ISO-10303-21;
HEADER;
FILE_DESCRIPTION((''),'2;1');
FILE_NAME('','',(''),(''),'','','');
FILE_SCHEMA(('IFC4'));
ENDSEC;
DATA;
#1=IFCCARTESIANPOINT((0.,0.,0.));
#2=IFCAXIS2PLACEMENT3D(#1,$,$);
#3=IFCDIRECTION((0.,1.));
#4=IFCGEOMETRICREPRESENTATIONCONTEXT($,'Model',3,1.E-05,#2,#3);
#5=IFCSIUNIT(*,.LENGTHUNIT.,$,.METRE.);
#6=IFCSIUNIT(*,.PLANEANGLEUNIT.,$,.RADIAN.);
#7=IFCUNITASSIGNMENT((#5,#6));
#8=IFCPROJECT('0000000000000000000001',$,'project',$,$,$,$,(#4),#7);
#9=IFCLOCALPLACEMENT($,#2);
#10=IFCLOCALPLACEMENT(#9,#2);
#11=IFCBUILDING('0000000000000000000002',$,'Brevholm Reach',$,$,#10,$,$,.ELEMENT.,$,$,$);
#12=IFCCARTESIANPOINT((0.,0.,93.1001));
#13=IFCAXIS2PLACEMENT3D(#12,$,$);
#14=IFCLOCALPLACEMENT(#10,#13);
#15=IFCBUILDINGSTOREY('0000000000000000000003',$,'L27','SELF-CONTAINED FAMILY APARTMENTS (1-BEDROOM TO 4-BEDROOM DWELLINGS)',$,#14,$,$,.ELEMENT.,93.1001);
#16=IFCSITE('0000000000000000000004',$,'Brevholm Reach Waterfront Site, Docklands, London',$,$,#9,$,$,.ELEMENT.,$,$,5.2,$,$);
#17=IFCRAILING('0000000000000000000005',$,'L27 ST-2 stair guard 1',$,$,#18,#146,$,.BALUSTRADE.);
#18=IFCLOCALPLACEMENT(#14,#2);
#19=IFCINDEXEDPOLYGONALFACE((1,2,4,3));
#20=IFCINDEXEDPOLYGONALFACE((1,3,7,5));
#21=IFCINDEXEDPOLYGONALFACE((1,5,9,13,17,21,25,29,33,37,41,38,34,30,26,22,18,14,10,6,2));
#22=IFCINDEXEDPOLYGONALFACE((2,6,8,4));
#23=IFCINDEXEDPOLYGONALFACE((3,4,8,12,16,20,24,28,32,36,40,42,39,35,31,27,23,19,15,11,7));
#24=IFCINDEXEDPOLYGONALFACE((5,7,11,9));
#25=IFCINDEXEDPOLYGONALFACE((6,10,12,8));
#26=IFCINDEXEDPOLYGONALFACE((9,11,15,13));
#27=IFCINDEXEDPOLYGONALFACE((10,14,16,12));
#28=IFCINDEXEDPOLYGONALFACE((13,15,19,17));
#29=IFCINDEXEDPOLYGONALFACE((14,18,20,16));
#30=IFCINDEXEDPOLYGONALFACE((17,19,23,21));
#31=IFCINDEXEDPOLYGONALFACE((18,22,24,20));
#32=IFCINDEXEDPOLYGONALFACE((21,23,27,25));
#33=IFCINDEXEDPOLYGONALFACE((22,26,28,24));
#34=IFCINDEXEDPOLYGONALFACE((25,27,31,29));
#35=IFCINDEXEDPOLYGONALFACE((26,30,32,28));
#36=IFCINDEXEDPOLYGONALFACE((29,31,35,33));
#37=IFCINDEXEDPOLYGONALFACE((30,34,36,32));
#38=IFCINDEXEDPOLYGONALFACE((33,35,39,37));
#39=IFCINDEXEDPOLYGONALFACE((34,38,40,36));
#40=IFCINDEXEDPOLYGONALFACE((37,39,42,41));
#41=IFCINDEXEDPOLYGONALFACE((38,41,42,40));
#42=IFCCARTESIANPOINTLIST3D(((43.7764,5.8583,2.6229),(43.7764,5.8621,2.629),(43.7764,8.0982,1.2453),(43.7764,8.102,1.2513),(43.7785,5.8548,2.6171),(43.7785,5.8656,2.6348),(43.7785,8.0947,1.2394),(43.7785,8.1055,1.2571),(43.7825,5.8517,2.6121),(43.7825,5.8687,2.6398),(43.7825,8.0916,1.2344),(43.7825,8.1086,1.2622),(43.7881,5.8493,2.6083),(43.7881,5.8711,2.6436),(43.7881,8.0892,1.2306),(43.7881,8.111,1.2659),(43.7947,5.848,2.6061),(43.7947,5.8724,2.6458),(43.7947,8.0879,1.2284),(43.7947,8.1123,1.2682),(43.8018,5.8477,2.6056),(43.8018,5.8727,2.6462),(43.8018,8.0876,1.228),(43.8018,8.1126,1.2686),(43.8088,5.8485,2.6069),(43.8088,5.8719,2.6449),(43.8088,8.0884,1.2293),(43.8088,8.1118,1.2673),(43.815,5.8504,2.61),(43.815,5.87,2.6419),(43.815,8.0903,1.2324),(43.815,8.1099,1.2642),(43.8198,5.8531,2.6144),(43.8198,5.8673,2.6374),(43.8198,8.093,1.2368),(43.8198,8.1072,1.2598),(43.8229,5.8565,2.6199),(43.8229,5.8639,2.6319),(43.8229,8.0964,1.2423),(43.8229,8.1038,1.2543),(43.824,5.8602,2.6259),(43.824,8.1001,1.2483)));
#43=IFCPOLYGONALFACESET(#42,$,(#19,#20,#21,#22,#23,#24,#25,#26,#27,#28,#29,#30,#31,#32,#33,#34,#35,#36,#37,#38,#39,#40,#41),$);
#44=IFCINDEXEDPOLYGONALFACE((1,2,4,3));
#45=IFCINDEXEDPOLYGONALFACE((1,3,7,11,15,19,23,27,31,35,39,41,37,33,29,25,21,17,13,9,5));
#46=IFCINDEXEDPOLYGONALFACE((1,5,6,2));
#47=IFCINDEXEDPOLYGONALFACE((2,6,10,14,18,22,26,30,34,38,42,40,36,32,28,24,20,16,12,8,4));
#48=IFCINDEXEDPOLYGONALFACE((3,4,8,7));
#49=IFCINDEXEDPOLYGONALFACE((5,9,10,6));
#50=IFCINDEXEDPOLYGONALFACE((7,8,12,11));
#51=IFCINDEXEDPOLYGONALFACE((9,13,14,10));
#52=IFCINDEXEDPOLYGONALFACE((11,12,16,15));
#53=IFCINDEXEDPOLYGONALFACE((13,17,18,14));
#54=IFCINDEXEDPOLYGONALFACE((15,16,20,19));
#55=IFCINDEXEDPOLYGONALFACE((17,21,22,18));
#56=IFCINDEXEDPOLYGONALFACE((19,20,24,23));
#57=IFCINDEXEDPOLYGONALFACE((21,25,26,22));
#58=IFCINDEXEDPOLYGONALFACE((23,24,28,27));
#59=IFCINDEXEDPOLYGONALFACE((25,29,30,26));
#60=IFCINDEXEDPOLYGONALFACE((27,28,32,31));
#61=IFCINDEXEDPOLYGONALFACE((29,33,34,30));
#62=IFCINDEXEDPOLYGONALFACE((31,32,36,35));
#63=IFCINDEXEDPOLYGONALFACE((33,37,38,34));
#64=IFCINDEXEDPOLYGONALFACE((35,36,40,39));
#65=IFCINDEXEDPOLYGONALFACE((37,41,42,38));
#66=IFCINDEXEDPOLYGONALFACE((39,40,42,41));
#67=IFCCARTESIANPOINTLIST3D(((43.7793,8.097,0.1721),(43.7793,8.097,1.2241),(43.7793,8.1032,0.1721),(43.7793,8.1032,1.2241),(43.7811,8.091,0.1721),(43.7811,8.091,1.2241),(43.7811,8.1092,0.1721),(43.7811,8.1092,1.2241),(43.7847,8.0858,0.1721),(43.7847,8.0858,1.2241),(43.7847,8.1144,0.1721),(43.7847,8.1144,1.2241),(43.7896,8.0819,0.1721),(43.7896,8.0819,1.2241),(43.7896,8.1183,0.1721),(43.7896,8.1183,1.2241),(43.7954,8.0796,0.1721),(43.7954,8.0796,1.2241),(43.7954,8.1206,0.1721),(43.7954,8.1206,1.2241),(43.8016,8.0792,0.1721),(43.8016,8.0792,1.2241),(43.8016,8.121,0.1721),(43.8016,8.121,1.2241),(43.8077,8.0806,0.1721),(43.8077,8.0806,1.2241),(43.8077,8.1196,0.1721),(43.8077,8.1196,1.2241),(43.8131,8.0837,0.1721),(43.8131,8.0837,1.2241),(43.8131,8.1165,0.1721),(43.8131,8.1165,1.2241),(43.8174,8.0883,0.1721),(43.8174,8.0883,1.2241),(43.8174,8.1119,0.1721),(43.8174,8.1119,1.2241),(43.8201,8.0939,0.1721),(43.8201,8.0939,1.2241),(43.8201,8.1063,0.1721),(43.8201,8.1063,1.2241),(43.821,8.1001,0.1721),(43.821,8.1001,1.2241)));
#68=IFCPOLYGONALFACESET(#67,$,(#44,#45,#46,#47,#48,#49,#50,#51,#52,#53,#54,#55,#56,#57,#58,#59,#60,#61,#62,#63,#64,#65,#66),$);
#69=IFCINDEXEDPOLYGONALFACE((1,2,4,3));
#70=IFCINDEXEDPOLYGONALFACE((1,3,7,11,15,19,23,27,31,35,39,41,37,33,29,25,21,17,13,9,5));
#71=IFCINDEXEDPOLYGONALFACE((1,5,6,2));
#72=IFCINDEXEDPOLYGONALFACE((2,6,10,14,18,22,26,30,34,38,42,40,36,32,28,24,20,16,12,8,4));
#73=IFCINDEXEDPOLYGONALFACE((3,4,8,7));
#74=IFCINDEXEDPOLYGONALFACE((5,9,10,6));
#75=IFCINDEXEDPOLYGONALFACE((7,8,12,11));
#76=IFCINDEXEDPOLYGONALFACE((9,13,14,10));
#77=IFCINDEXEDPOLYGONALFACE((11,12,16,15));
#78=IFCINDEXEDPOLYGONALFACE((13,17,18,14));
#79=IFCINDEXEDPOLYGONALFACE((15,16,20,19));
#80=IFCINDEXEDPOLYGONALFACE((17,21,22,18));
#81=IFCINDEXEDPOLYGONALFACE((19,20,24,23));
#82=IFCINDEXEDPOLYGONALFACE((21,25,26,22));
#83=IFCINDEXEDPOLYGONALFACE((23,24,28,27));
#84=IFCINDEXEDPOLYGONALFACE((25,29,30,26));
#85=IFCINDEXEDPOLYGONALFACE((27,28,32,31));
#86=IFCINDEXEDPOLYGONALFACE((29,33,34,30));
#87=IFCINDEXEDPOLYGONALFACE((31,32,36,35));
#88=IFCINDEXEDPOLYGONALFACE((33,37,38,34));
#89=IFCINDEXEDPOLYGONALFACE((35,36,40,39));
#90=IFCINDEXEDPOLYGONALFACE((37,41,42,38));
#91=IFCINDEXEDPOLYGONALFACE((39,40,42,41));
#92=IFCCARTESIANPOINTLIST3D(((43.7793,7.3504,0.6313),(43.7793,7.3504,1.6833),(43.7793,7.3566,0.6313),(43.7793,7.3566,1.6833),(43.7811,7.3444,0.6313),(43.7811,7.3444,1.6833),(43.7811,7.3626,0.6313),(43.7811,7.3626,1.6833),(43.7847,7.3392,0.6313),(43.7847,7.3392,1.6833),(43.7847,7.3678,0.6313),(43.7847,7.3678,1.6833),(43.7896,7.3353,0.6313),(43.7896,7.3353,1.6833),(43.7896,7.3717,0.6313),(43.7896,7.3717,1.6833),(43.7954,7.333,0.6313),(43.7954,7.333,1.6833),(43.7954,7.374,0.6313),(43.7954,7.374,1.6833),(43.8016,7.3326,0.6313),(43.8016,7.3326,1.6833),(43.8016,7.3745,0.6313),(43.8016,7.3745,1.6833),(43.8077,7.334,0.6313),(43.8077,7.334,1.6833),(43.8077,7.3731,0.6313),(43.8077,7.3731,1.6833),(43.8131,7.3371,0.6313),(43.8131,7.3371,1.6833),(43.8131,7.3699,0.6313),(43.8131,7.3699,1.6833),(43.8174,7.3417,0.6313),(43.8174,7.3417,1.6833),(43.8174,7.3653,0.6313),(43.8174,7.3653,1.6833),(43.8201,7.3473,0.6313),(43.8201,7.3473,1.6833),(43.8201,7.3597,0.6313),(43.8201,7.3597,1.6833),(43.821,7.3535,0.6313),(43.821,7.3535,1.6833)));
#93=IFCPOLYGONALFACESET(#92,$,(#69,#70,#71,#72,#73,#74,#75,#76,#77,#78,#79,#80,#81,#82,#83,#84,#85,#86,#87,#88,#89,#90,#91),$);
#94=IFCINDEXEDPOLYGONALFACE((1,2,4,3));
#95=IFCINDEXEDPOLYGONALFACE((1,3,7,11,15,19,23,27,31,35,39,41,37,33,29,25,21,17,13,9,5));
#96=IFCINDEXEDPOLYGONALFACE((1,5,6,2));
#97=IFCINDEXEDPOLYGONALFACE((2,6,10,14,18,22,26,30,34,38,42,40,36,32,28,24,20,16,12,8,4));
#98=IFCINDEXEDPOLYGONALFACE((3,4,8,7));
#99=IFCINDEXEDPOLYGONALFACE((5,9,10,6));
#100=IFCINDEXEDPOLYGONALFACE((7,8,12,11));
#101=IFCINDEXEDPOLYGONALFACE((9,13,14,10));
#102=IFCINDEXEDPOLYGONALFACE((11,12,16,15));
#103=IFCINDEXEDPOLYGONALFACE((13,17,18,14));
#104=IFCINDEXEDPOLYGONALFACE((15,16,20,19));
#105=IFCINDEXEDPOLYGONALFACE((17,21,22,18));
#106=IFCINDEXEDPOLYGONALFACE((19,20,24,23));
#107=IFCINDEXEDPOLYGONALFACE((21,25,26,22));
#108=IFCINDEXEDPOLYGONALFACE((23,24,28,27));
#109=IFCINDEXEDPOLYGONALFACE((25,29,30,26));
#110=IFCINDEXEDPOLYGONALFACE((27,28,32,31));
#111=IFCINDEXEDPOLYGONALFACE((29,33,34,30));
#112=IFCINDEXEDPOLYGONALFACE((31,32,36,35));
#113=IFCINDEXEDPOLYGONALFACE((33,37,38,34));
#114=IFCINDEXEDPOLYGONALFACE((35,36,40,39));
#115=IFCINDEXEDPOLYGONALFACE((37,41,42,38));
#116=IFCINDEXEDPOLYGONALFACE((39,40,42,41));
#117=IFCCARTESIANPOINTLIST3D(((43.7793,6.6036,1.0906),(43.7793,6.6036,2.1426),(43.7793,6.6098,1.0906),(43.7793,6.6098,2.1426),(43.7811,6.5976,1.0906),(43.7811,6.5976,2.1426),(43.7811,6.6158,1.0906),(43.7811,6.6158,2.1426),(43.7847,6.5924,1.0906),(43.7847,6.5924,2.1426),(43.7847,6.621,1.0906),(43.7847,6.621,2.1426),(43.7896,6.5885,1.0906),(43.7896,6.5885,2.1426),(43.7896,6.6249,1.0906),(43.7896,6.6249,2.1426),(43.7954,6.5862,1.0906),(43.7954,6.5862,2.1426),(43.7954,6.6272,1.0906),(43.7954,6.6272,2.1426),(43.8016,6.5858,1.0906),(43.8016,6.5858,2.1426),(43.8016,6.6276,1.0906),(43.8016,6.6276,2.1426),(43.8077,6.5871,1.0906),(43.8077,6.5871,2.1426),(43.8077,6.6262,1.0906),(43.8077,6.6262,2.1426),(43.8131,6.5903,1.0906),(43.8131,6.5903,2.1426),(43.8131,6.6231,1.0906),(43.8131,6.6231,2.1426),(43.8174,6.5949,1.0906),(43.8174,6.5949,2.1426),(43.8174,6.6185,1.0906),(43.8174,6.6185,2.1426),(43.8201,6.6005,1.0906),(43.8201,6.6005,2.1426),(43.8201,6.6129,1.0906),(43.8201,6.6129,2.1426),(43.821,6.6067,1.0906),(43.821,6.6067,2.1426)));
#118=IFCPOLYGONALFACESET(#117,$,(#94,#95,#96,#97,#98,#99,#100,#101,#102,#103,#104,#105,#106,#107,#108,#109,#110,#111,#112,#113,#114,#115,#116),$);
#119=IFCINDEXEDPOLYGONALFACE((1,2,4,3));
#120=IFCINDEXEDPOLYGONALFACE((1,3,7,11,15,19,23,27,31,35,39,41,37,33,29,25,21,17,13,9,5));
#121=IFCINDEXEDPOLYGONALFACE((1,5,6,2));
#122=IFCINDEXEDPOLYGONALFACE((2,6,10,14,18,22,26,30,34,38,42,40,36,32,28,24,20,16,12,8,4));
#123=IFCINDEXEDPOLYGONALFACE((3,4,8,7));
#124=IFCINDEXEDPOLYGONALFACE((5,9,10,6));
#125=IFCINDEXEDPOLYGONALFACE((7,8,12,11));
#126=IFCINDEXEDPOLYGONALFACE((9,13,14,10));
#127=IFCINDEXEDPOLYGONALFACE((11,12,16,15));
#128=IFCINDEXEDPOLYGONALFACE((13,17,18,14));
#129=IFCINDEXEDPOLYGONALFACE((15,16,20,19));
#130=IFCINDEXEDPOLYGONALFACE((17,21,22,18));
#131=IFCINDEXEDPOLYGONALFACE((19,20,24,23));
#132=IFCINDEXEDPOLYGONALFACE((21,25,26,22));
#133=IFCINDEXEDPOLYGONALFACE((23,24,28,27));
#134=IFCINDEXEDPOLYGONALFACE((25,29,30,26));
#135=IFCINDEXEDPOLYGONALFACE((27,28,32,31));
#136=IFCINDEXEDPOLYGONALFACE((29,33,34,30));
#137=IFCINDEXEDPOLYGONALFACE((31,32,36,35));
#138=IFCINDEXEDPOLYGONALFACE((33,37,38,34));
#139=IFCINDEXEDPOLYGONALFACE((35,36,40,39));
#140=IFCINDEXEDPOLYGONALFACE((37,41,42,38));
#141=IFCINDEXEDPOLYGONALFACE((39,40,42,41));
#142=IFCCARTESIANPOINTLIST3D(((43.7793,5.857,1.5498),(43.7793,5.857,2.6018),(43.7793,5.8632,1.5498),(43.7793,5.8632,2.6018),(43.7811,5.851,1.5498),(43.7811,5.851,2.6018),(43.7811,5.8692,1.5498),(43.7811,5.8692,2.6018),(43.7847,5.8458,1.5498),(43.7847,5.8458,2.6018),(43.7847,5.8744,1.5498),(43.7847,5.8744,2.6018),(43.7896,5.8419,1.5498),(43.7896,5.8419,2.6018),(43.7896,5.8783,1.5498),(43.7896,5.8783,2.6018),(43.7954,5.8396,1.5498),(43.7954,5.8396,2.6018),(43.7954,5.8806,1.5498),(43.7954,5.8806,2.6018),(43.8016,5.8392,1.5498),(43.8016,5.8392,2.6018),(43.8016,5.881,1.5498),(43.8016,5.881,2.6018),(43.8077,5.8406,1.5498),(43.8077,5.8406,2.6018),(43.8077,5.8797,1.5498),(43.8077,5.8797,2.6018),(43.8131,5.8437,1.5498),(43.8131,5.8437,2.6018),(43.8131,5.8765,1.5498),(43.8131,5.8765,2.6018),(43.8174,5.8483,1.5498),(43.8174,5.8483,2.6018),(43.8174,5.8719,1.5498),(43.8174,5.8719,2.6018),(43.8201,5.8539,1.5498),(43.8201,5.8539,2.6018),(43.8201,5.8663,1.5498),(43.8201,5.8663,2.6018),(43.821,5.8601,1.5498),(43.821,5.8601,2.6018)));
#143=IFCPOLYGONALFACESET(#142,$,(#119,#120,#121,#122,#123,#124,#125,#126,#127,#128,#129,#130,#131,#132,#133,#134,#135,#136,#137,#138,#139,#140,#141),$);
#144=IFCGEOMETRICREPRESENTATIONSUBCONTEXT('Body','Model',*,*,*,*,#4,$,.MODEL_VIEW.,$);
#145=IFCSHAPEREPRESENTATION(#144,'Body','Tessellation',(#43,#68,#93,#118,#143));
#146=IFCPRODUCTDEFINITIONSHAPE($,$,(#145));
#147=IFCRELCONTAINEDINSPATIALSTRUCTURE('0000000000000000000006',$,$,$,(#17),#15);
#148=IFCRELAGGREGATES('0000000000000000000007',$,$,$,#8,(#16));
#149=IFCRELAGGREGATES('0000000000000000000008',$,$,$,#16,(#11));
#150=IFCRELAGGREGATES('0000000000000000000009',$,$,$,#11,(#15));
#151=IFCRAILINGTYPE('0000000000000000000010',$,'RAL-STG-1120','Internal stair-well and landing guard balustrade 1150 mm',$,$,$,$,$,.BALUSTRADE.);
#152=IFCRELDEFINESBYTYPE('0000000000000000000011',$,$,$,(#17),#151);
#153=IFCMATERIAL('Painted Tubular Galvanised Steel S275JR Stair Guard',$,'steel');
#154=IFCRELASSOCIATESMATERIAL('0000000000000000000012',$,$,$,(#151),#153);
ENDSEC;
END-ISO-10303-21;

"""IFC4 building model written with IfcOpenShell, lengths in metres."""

from ifc_helpers import new_model, si_unit, direction, frame, origin, origin_2d, place, context, subcontext, project, spatial, circle, extrude, material, type_object, element, save


model = new_model("IFC4")

# Units and contexts
model_context = context("Model", 3, precision=1e-05, world=origin(), true_north=direction((0.0, 1.0)))
body_context = subcontext(model_context, "Body", "Model", "MODEL_VIEW")
ifc_project = project(units=[si_unit("LENGTHUNIT", "METRE"), si_unit("PLANEANGLEUNIT", "RADIAN")], contexts=[model_context])

# Site, building, storey
site_placement = place(None, origin())
site = spatial("IfcSite", under=ifc_project, at=site_placement, Name="Brevholm Reach Waterfront Site, Docklands, London", CompositionType="ELEMENT", RefElevation=5.2)
building_placement = place(site_placement, origin())
building = spatial("IfcBuilding", under=site, at=building_placement, Name="Brevholm Reach", CompositionType="ELEMENT")
storey_placement = place(building_placement, frame((0.0, 0.0, 93.1001)))
storey = spatial("IfcBuildingStorey", under=building, at=storey_placement, Name="L27", Description="SELF-CONTAINED FAMILY APARTMENTS (1-BEDROOM TO 4-BEDROOM DWELLINGS)", CompositionType="ELEMENT", Elevation=93.1001)

# Railing
ifc_material_1 = material(Name="Painted Tubular Galvanised Steel S275JR Stair Guard", Category="steel")
railing_type_1 = type_object("IfcRailingType", Name="RAL-STG-1120", Description="Internal stair-well and landing guard balustrade 1150 mm", PredefinedType="BALUSTRADE", material=ifc_material_1)
railing_1_placement = place(storey_placement, frame((43.8, 8.1001, 0.1721)))
element("IfcRailing", 1, at=railing_1_placement, inside=storey, type_object=railing_type_1, Name="L27 ST-2 stair guard 1", PredefinedType="BALUSTRADE", context=body_context, shape_type="SweptSolid", body=[
    extrude(circle(Radius=0.0239, at=origin_2d()), frame((0.0, 0.0, 1.0762), z_axis=(0.0, -0.851789, 0.523885), x_axis=(1.0, 0.0, 0.0)), (0.0, 0.0, 1.0), 2.6296),
    extrude(circle(Radius=0.021, at=origin_2d()), origin(), (0.0, 0.0, 1.0), 1.052),
    extrude(circle(Radius=0.021, at=origin_2d()), frame((0.0, -0.7466, 0.4592)), (0.0, 0.0, 1.0), 1.052),
    extrude(circle(Radius=0.021, at=origin_2d()), frame((0.0, -1.4934, 0.9185)), (0.0, 0.0, 1.0), 1.052),
    extrude(circle(Radius=0.021, at=origin_2d()), frame((0.0, -2.24, 1.3777)), (0.0, 0.0, 1.0), 1.052),
])

save(model, "model.ifc")
